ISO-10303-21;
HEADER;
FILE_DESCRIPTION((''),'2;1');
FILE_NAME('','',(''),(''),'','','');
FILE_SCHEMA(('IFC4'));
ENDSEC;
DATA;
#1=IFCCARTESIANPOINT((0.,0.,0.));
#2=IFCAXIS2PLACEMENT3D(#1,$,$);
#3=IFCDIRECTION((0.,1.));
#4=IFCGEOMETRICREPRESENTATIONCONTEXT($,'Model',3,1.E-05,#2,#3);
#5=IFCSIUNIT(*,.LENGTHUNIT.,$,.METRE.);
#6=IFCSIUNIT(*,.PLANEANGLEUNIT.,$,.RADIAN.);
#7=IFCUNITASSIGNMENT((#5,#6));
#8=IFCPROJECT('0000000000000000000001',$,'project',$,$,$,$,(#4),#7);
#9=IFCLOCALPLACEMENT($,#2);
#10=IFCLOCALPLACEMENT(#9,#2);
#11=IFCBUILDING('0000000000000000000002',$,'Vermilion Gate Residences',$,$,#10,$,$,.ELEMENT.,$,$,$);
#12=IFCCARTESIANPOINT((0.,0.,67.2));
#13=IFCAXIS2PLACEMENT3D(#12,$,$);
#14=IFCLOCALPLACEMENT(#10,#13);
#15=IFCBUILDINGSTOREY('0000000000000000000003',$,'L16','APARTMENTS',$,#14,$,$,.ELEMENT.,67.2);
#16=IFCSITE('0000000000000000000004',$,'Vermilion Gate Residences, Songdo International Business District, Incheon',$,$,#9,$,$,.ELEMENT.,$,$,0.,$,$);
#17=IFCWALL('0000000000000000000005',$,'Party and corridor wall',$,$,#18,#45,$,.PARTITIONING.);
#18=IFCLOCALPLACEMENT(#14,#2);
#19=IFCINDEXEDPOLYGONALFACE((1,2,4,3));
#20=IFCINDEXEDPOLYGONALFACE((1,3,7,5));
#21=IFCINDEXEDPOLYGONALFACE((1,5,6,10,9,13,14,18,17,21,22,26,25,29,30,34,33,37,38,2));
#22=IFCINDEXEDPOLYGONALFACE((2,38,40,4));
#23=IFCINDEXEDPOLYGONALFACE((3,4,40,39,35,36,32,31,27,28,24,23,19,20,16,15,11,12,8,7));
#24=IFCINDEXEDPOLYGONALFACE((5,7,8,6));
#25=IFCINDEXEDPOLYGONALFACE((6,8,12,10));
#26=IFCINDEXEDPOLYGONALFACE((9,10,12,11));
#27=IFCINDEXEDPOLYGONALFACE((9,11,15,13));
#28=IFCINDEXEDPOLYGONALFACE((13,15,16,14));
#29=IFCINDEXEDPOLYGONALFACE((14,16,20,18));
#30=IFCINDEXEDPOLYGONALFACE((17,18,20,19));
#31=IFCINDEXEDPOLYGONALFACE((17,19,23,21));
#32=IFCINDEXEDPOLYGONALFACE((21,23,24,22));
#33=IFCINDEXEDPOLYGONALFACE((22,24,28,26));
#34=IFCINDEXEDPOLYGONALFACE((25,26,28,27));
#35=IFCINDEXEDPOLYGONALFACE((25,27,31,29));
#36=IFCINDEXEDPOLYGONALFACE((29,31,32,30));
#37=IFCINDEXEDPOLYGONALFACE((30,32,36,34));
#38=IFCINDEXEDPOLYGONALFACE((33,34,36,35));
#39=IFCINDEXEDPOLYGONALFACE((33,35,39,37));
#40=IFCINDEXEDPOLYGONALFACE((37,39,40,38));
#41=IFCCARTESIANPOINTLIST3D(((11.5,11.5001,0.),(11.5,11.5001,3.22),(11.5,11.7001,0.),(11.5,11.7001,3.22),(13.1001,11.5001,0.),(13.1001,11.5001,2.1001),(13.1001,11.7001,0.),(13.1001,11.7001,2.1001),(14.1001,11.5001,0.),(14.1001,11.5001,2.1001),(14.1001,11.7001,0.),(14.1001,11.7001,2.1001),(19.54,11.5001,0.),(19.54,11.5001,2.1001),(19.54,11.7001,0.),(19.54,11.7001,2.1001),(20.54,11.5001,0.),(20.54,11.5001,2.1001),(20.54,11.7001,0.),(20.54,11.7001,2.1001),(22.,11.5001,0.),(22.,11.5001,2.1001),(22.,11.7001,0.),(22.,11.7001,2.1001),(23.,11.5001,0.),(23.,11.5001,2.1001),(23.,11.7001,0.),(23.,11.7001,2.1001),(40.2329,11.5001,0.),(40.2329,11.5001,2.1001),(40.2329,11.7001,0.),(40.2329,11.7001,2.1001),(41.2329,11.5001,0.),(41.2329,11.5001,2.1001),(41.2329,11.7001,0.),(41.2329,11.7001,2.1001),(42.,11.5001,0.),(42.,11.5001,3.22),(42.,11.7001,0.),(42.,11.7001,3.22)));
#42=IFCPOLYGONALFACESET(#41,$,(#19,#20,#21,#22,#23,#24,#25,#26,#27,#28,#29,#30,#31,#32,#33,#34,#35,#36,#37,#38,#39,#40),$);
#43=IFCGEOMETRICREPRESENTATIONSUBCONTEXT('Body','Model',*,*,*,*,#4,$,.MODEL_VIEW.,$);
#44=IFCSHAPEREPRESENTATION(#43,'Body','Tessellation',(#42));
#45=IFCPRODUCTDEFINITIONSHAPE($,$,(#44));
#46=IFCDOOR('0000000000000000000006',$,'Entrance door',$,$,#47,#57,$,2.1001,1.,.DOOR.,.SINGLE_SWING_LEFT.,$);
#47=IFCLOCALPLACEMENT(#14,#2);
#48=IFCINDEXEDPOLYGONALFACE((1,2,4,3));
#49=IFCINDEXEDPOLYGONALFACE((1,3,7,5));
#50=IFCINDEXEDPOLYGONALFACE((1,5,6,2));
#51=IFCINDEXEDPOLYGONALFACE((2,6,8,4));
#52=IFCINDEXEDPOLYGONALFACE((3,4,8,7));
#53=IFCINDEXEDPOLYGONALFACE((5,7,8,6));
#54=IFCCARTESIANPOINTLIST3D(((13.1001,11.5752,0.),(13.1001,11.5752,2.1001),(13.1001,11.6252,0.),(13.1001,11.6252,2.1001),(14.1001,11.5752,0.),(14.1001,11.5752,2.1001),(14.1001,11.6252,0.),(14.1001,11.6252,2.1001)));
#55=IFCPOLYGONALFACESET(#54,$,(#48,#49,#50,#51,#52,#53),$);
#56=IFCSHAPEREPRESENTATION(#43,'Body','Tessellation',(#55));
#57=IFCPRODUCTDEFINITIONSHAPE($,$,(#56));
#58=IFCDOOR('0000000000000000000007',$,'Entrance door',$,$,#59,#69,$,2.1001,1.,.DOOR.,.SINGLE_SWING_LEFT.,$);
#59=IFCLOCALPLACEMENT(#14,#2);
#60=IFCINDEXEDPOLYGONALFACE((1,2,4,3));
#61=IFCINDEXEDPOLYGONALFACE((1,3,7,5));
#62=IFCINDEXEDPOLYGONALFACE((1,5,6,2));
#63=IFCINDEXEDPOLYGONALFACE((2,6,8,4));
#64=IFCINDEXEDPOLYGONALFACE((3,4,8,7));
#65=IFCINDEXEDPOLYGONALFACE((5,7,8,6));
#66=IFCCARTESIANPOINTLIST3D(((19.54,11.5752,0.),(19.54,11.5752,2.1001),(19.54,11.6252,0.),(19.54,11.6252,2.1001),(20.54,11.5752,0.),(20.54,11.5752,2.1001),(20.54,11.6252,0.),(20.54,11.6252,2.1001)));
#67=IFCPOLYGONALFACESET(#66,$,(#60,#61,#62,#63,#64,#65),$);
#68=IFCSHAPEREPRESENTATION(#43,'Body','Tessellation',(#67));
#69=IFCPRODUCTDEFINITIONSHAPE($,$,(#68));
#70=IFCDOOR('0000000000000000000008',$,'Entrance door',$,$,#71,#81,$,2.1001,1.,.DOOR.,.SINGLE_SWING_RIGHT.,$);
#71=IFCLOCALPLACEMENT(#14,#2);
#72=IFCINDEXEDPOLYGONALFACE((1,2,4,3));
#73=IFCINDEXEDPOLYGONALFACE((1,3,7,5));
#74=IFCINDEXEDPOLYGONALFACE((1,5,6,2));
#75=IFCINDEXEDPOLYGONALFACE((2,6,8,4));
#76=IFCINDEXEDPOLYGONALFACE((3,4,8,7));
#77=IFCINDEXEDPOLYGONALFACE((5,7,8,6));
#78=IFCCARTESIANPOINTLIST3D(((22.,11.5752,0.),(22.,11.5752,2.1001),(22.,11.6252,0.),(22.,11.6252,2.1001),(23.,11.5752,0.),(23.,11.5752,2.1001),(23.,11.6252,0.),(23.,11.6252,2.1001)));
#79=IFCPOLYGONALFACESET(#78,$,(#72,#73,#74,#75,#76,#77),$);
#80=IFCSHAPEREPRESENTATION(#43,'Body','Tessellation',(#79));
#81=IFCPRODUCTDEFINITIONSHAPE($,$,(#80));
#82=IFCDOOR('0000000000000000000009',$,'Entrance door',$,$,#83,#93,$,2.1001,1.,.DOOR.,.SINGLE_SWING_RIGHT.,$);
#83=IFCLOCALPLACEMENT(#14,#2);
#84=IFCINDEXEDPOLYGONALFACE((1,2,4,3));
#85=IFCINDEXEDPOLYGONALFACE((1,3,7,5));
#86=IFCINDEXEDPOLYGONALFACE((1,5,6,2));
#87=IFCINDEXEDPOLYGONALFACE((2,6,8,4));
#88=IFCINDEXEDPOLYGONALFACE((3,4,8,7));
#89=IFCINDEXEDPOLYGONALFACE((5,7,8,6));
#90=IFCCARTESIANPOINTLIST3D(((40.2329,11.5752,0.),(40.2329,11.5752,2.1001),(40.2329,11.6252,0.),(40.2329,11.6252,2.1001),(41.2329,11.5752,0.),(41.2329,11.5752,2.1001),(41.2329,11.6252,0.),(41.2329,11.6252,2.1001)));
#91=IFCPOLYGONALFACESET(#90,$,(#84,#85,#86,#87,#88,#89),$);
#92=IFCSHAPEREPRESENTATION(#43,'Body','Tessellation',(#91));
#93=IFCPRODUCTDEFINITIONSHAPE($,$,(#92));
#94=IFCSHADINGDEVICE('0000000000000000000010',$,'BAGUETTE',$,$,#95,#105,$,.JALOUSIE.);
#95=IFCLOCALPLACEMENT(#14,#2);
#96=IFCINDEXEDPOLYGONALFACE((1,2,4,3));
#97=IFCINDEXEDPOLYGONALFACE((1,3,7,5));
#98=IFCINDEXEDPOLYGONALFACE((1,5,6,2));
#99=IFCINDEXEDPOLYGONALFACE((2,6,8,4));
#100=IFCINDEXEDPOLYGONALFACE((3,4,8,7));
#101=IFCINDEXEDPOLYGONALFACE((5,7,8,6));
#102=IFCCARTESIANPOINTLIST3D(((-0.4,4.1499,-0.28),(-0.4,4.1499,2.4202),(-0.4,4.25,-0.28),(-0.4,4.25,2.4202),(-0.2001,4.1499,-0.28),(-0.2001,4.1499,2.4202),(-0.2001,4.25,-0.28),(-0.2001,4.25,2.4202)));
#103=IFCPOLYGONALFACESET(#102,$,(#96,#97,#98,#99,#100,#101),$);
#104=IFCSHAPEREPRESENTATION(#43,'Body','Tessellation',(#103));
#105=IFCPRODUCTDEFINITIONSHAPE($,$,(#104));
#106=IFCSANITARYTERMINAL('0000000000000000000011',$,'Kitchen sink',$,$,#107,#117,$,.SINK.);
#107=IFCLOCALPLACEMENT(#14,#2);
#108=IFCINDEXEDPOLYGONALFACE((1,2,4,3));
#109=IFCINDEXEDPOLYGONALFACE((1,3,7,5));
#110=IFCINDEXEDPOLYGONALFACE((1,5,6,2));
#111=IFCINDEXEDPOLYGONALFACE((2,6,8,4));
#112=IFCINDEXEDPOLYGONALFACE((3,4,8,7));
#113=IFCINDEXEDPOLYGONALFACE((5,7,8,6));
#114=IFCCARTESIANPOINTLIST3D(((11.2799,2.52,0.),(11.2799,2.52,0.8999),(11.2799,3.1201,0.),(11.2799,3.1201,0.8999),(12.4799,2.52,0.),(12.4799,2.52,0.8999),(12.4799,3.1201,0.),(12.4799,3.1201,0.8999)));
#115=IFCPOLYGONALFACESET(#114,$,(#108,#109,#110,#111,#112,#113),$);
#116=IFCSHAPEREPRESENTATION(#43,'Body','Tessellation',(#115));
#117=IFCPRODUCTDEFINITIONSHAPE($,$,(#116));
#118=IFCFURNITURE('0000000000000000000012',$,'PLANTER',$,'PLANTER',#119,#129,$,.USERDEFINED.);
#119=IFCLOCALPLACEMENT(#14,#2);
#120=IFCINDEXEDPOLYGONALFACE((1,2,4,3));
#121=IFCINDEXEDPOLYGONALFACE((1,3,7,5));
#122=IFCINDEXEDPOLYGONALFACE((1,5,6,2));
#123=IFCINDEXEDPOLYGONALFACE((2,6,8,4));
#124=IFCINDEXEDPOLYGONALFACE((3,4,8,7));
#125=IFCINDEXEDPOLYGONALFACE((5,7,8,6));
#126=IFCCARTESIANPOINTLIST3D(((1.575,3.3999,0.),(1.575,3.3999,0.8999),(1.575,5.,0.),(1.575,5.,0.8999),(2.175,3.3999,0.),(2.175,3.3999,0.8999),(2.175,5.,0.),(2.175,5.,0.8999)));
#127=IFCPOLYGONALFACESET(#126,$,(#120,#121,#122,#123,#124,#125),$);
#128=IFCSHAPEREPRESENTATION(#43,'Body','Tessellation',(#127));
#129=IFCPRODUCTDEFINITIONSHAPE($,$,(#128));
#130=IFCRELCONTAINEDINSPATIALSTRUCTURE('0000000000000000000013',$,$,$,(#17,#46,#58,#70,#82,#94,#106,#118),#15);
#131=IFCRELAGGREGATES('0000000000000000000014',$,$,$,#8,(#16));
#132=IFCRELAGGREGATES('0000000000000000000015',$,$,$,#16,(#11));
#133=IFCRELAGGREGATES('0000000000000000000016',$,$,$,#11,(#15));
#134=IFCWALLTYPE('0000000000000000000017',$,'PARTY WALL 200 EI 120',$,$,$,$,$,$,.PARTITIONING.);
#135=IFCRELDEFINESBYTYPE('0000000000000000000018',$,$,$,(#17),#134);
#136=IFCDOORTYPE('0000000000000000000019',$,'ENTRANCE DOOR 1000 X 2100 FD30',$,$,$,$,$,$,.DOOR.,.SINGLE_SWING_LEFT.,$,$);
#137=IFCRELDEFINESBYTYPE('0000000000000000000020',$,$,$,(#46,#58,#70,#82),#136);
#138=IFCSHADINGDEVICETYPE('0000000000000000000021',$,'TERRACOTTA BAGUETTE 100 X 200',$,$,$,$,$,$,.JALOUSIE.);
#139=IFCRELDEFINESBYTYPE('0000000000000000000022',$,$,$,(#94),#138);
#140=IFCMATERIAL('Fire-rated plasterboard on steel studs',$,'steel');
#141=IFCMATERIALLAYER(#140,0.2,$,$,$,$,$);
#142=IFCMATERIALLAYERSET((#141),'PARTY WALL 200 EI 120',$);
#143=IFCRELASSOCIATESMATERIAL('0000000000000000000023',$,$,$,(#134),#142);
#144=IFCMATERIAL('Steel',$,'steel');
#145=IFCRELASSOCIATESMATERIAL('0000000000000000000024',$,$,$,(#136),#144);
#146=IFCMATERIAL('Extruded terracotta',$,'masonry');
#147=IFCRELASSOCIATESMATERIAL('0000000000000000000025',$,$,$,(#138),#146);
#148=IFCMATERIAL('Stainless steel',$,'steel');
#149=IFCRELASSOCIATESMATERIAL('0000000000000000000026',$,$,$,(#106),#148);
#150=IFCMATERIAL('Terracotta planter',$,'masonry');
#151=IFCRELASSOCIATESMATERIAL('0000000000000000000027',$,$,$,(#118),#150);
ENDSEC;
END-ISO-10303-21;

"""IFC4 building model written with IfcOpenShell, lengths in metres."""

from ifc_helpers import new_model, si_unit, direction, frame, frame_2d, origin, origin_2d, place, context, subcontext, project, spatial, rectangle, extrude, material, layer, layer_set, material_profile, profile_set, type_object, element, fill, save


model = new_model("IFC4")

# Units and contexts
model_context = context("Model", 3, precision=1e-05, world=origin(), true_north=direction((0.0, 1.0)))
body_context = subcontext(model_context, "Body", "Model", "MODEL_VIEW")
ifc_project = project(units=[si_unit("LENGTHUNIT", "METRE"), si_unit("PLANEANGLEUNIT", "RADIAN")], contexts=[model_context])

# Site, building, storey
site_placement = place(None, origin())
site = spatial("IfcSite", under=ifc_project, at=site_placement, Name="Vermilion Gate Residences, Songdo International Business District, Incheon", CompositionType="ELEMENT", RefElevation=0.0)
building_placement = place(site_placement, origin())
building = spatial("IfcBuilding", under=site, at=building_placement, Name="Vermilion Gate Residences", CompositionType="ELEMENT")
storey_placement = place(building_placement, frame((0.0, 0.0, 67.2)))
storey = spatial("IfcBuildingStorey", under=building, at=storey_placement, Name="L16", Description="APARTMENTS", CompositionType="ELEMENT", Elevation=67.2)

# Wall, openings, doors
ifc_material_1 = material(Name="Fire-rated plasterboard on steel studs", Category="steel")
ifc_layer_1 = layer(ifc_material_1, 0.2)
ifc_layer_set_1 = layer_set([ifc_layer_1], Name="PARTY WALL 200 EI 120")
wall_type_1 = type_object("IfcWallType", Name="PARTY WALL 200 EI 120", PredefinedType="PARTITIONING", material=ifc_layer_set_1)
wall_1_placement = place(storey_placement, frame((11.5, 11.6001, 0.0), z_axis=(0.0, 0.0, 1.0), x_axis=(1.0, 0.0, 0.0)))
wall_1 = element("IfcWall", 1, at=wall_1_placement, inside=storey, type_object=wall_type_1, Name="Party and corridor wall", PredefinedType="PARTITIONING", context=body_context, shape_type="SweptSolid", body=[
    extrude(rectangle(XDim=30.5, YDim=0.2, at=frame_2d((15.25, 0.0))), origin(), (0.0, 0.0, 1.0), 3.22),
])
opening_1_placement = place(wall_1_placement, frame((1.6001, 0.0, 0.0)))
opening_1 = element("IfcOpeningElement", 2, at=opening_1_placement, cuts=wall_1, PredefinedType="OPENING", context=body_context, shape_type="SweptSolid", body=[
    extrude(rectangle(XDim=1.0, YDim=2.1001, at=frame_2d((0.5, 1.05))), frame((0.0, 0.1099, 0.0), z_axis=(0.0, -1.0, 0.0), x_axis=(1.0, 0.0, 0.0)), (0.0, 0.0, 1.0), 0.22),
])
opening_2_placement = place(wall_1_placement, frame((8.04, 0.0, 0.0)))
opening_2 = element("IfcOpeningElement", 3, at=opening_2_placement, cuts=wall_1, PredefinedType="OPENING", context=body_context, shape_type="SweptSolid", body=[
    extrude(rectangle(XDim=1.0, YDim=2.1001, at=frame_2d((0.5, 1.05))), frame((0.0, 0.1099, 0.0), z_axis=(0.0, -1.0, 0.0), x_axis=(1.0, 0.0, 0.0)), (0.0, 0.0, 1.0), 0.22),
])
opening_3_placement = place(wall_1_placement, frame((10.5, 0.0, 0.0)))
opening_3 = element("IfcOpeningElement", 4, at=opening_3_placement, cuts=wall_1, PredefinedType="OPENING", context=body_context, shape_type="SweptSolid", body=[
    extrude(rectangle(XDim=1.0, YDim=2.1001, at=frame_2d((0.5, 1.05))), frame((0.0, 0.1099, 0.0), z_axis=(0.0, -1.0, 0.0), x_axis=(1.0, 0.0, 0.0)), (0.0, 0.0, 1.0), 0.22),
])
opening_4_placement = place(wall_1_placement, frame((28.7329, 0.0, 0.0)))
opening_4 = element("IfcOpeningElement", 5, at=opening_4_placement, cuts=wall_1, PredefinedType="OPENING", context=body_context, shape_type="SweptSolid", body=[
    extrude(rectangle(XDim=1.0, YDim=2.1001, at=frame_2d((0.5, 1.05))), frame((0.0, 0.1099, 0.0), z_axis=(0.0, -1.0, 0.0), x_axis=(1.0, 0.0, 0.0)), (0.0, 0.0, 1.0), 0.22),
])
ifc_material_2 = material(Name="Steel", Category="steel")
door_type_1 = type_object("IfcDoorType", Name="ENTRANCE DOOR 1000 X 2100 FD30", OperationType="SINGLE_SWING_LEFT", PredefinedType="DOOR", material=ifc_material_2)
door_1_placement = place(opening_1_placement, frame((1.0, 0.0, 0.0), z_axis=(0.0, 0.0, 1.0), x_axis=(-1.0, 0.0, 0.0)))
door_1 = element("IfcDoor", 6, at=door_1_placement, inside=storey, type_object=door_type_1, Name="Entrance door", OperationType="SINGLE_SWING_LEFT", OverallHeight=2.1001, OverallWidth=1.0, PredefinedType="DOOR", context=body_context, shape_type="SweptSolid", body=[
    extrude(rectangle(XDim=1.0, YDim=2.1001, at=frame_2d((0.5, 1.05))), frame((0.0, 0.0249, 0.0), z_axis=(0.0, -1.0, 0.0), x_axis=(1.0, 0.0, 0.0)), (0.0, 0.0, 1.0), 0.05),
])
fill(opening_1, door_1)
door_2_placement = place(opening_2_placement, frame((1.0, 0.0, 0.0), z_axis=(0.0, 0.0, 1.0), x_axis=(-1.0, 0.0, 0.0)))
door_2 = element("IfcDoor", 7, at=door_2_placement, inside=storey, type_object=door_type_1, Name="Entrance door", OperationType="SINGLE_SWING_LEFT", OverallHeight=2.1001, OverallWidth=1.0, PredefinedType="DOOR", context=body_context, shape_type="SweptSolid", body=[
    extrude(rectangle(XDim=1.0, YDim=2.1001, at=frame_2d((0.5, 1.05))), frame((0.0, 0.0249, 0.0), z_axis=(0.0, -1.0, 0.0), x_axis=(1.0, 0.0, 0.0)), (0.0, 0.0, 1.0), 0.05),
])
fill(opening_2, door_2)
door_3_placement = place(opening_3_placement, frame((1.0, 0.0, 0.0), z_axis=(0.0, 0.0, 1.0), x_axis=(-1.0, 0.0, 0.0)))
door_3 = element("IfcDoor", 8, at=door_3_placement, inside=storey, type_object=door_type_1, Name="Entrance door", OperationType="SINGLE_SWING_RIGHT", OverallHeight=2.1001, OverallWidth=1.0, PredefinedType="DOOR", context=body_context, shape_type="SweptSolid", body=[
    extrude(rectangle(XDim=1.0, YDim=2.1001, at=frame_2d((0.5, 1.05))), frame((0.0, 0.0249, 0.0), z_axis=(0.0, -1.0, 0.0), x_axis=(1.0, 0.0, 0.0)), (0.0, 0.0, 1.0), 0.05),
])
fill(opening_3, door_3)
door_4_placement = place(opening_4_placement, frame((1.0, 0.0, 0.0), z_axis=(0.0, 0.0, 1.0), x_axis=(-1.0, 0.0, 0.0)))
door_4 = element("IfcDoor", 9, at=door_4_placement, inside=storey, type_object=door_type_1, Name="Entrance door", OperationType="SINGLE_SWING_RIGHT", OverallHeight=2.1001, OverallWidth=1.0, PredefinedType="DOOR", context=body_context, shape_type="SweptSolid", body=[
    extrude(rectangle(XDim=1.0, YDim=2.1001, at=frame_2d((0.5, 1.05))), frame((0.0, 0.0249, 0.0), z_axis=(0.0, -1.0, 0.0), x_axis=(1.0, 0.0, 0.0)), (0.0, 0.0, 1.0), 0.05),
])
fill(opening_4, door_4)

# Shading device
ifc_material_3 = material(Name="Extruded terracotta", Category="masonry")
ifc_material_profile_1 = material_profile(ifc_material_3, rectangle(XDim=0.2, YDim=0.1001, at=origin_2d()), Name="BAGUETTE 100 X 200")
ifc_profile_set_1 = profile_set([ifc_material_profile_1], Name="Extruded terracotta")
shading_device_type = type_object("IfcShadingDeviceType", Name="TERRACOTTA BAGUETTE 100 X 200", PredefinedType="JALOUSIE", material=ifc_profile_set_1)
shading_device_placement = place(storey_placement, frame((-0.3, 4.2, -0.28), z_axis=(0.0, 0.0, 1.0), x_axis=(1.0, 0.0, 0.0)))
element("IfcShadingDevice", 10, at=shading_device_placement, inside=storey, type_object=shading_device_type, Name="BAGUETTE", PredefinedType="JALOUSIE", context=body_context, shape_type="SweptSolid", body=[
    extrude(rectangle(XDim=0.2, YDim=0.1001, at=origin_2d()), origin(), (0.0, 0.0, 1.0), 2.7002),
])

# Sanitary terminal
ifc_material_4 = material(Name="Stainless steel", Category="steel")
sanitary_terminal_placement = place(storey_placement, frame((11.8799, 2.8201, 0.0), z_axis=(0.0, 0.0, 1.0), x_axis=(1.0, 0.0, 0.0)))
element("IfcSanitaryTerminal", 11, at=sanitary_terminal_placement, inside=storey, material=ifc_material_4, Name="Kitchen sink", PredefinedType="SINK", context=body_context, shape_type="SweptSolid", body=[
    extrude(rectangle(XDim=1.2, YDim=0.6001, at=origin_2d()), origin(), (0.0, 0.0, 1.0), 0.8999),
])

# Furniture
ifc_material_5 = material(Name="Terracotta planter", Category="masonry")
furniture_placement = place(storey_placement, frame((1.875, 4.2, 0.0), z_axis=(0.0, 0.0, 1.0), x_axis=(0.0, -1.0, 0.0)))
element("IfcFurniture", 12, at=furniture_placement, inside=storey, material=ifc_material_5, Name="PLANTER", ObjectType="PLANTER", PredefinedType="USERDEFINED", context=body_context, shape_type="SweptSolid", body=[
    extrude(rectangle(XDim=1.6001, YDim=0.6001, at=origin_2d()), origin(), (0.0, 0.0, 1.0), 0.8999),
])

save(model, "model.ifc")
